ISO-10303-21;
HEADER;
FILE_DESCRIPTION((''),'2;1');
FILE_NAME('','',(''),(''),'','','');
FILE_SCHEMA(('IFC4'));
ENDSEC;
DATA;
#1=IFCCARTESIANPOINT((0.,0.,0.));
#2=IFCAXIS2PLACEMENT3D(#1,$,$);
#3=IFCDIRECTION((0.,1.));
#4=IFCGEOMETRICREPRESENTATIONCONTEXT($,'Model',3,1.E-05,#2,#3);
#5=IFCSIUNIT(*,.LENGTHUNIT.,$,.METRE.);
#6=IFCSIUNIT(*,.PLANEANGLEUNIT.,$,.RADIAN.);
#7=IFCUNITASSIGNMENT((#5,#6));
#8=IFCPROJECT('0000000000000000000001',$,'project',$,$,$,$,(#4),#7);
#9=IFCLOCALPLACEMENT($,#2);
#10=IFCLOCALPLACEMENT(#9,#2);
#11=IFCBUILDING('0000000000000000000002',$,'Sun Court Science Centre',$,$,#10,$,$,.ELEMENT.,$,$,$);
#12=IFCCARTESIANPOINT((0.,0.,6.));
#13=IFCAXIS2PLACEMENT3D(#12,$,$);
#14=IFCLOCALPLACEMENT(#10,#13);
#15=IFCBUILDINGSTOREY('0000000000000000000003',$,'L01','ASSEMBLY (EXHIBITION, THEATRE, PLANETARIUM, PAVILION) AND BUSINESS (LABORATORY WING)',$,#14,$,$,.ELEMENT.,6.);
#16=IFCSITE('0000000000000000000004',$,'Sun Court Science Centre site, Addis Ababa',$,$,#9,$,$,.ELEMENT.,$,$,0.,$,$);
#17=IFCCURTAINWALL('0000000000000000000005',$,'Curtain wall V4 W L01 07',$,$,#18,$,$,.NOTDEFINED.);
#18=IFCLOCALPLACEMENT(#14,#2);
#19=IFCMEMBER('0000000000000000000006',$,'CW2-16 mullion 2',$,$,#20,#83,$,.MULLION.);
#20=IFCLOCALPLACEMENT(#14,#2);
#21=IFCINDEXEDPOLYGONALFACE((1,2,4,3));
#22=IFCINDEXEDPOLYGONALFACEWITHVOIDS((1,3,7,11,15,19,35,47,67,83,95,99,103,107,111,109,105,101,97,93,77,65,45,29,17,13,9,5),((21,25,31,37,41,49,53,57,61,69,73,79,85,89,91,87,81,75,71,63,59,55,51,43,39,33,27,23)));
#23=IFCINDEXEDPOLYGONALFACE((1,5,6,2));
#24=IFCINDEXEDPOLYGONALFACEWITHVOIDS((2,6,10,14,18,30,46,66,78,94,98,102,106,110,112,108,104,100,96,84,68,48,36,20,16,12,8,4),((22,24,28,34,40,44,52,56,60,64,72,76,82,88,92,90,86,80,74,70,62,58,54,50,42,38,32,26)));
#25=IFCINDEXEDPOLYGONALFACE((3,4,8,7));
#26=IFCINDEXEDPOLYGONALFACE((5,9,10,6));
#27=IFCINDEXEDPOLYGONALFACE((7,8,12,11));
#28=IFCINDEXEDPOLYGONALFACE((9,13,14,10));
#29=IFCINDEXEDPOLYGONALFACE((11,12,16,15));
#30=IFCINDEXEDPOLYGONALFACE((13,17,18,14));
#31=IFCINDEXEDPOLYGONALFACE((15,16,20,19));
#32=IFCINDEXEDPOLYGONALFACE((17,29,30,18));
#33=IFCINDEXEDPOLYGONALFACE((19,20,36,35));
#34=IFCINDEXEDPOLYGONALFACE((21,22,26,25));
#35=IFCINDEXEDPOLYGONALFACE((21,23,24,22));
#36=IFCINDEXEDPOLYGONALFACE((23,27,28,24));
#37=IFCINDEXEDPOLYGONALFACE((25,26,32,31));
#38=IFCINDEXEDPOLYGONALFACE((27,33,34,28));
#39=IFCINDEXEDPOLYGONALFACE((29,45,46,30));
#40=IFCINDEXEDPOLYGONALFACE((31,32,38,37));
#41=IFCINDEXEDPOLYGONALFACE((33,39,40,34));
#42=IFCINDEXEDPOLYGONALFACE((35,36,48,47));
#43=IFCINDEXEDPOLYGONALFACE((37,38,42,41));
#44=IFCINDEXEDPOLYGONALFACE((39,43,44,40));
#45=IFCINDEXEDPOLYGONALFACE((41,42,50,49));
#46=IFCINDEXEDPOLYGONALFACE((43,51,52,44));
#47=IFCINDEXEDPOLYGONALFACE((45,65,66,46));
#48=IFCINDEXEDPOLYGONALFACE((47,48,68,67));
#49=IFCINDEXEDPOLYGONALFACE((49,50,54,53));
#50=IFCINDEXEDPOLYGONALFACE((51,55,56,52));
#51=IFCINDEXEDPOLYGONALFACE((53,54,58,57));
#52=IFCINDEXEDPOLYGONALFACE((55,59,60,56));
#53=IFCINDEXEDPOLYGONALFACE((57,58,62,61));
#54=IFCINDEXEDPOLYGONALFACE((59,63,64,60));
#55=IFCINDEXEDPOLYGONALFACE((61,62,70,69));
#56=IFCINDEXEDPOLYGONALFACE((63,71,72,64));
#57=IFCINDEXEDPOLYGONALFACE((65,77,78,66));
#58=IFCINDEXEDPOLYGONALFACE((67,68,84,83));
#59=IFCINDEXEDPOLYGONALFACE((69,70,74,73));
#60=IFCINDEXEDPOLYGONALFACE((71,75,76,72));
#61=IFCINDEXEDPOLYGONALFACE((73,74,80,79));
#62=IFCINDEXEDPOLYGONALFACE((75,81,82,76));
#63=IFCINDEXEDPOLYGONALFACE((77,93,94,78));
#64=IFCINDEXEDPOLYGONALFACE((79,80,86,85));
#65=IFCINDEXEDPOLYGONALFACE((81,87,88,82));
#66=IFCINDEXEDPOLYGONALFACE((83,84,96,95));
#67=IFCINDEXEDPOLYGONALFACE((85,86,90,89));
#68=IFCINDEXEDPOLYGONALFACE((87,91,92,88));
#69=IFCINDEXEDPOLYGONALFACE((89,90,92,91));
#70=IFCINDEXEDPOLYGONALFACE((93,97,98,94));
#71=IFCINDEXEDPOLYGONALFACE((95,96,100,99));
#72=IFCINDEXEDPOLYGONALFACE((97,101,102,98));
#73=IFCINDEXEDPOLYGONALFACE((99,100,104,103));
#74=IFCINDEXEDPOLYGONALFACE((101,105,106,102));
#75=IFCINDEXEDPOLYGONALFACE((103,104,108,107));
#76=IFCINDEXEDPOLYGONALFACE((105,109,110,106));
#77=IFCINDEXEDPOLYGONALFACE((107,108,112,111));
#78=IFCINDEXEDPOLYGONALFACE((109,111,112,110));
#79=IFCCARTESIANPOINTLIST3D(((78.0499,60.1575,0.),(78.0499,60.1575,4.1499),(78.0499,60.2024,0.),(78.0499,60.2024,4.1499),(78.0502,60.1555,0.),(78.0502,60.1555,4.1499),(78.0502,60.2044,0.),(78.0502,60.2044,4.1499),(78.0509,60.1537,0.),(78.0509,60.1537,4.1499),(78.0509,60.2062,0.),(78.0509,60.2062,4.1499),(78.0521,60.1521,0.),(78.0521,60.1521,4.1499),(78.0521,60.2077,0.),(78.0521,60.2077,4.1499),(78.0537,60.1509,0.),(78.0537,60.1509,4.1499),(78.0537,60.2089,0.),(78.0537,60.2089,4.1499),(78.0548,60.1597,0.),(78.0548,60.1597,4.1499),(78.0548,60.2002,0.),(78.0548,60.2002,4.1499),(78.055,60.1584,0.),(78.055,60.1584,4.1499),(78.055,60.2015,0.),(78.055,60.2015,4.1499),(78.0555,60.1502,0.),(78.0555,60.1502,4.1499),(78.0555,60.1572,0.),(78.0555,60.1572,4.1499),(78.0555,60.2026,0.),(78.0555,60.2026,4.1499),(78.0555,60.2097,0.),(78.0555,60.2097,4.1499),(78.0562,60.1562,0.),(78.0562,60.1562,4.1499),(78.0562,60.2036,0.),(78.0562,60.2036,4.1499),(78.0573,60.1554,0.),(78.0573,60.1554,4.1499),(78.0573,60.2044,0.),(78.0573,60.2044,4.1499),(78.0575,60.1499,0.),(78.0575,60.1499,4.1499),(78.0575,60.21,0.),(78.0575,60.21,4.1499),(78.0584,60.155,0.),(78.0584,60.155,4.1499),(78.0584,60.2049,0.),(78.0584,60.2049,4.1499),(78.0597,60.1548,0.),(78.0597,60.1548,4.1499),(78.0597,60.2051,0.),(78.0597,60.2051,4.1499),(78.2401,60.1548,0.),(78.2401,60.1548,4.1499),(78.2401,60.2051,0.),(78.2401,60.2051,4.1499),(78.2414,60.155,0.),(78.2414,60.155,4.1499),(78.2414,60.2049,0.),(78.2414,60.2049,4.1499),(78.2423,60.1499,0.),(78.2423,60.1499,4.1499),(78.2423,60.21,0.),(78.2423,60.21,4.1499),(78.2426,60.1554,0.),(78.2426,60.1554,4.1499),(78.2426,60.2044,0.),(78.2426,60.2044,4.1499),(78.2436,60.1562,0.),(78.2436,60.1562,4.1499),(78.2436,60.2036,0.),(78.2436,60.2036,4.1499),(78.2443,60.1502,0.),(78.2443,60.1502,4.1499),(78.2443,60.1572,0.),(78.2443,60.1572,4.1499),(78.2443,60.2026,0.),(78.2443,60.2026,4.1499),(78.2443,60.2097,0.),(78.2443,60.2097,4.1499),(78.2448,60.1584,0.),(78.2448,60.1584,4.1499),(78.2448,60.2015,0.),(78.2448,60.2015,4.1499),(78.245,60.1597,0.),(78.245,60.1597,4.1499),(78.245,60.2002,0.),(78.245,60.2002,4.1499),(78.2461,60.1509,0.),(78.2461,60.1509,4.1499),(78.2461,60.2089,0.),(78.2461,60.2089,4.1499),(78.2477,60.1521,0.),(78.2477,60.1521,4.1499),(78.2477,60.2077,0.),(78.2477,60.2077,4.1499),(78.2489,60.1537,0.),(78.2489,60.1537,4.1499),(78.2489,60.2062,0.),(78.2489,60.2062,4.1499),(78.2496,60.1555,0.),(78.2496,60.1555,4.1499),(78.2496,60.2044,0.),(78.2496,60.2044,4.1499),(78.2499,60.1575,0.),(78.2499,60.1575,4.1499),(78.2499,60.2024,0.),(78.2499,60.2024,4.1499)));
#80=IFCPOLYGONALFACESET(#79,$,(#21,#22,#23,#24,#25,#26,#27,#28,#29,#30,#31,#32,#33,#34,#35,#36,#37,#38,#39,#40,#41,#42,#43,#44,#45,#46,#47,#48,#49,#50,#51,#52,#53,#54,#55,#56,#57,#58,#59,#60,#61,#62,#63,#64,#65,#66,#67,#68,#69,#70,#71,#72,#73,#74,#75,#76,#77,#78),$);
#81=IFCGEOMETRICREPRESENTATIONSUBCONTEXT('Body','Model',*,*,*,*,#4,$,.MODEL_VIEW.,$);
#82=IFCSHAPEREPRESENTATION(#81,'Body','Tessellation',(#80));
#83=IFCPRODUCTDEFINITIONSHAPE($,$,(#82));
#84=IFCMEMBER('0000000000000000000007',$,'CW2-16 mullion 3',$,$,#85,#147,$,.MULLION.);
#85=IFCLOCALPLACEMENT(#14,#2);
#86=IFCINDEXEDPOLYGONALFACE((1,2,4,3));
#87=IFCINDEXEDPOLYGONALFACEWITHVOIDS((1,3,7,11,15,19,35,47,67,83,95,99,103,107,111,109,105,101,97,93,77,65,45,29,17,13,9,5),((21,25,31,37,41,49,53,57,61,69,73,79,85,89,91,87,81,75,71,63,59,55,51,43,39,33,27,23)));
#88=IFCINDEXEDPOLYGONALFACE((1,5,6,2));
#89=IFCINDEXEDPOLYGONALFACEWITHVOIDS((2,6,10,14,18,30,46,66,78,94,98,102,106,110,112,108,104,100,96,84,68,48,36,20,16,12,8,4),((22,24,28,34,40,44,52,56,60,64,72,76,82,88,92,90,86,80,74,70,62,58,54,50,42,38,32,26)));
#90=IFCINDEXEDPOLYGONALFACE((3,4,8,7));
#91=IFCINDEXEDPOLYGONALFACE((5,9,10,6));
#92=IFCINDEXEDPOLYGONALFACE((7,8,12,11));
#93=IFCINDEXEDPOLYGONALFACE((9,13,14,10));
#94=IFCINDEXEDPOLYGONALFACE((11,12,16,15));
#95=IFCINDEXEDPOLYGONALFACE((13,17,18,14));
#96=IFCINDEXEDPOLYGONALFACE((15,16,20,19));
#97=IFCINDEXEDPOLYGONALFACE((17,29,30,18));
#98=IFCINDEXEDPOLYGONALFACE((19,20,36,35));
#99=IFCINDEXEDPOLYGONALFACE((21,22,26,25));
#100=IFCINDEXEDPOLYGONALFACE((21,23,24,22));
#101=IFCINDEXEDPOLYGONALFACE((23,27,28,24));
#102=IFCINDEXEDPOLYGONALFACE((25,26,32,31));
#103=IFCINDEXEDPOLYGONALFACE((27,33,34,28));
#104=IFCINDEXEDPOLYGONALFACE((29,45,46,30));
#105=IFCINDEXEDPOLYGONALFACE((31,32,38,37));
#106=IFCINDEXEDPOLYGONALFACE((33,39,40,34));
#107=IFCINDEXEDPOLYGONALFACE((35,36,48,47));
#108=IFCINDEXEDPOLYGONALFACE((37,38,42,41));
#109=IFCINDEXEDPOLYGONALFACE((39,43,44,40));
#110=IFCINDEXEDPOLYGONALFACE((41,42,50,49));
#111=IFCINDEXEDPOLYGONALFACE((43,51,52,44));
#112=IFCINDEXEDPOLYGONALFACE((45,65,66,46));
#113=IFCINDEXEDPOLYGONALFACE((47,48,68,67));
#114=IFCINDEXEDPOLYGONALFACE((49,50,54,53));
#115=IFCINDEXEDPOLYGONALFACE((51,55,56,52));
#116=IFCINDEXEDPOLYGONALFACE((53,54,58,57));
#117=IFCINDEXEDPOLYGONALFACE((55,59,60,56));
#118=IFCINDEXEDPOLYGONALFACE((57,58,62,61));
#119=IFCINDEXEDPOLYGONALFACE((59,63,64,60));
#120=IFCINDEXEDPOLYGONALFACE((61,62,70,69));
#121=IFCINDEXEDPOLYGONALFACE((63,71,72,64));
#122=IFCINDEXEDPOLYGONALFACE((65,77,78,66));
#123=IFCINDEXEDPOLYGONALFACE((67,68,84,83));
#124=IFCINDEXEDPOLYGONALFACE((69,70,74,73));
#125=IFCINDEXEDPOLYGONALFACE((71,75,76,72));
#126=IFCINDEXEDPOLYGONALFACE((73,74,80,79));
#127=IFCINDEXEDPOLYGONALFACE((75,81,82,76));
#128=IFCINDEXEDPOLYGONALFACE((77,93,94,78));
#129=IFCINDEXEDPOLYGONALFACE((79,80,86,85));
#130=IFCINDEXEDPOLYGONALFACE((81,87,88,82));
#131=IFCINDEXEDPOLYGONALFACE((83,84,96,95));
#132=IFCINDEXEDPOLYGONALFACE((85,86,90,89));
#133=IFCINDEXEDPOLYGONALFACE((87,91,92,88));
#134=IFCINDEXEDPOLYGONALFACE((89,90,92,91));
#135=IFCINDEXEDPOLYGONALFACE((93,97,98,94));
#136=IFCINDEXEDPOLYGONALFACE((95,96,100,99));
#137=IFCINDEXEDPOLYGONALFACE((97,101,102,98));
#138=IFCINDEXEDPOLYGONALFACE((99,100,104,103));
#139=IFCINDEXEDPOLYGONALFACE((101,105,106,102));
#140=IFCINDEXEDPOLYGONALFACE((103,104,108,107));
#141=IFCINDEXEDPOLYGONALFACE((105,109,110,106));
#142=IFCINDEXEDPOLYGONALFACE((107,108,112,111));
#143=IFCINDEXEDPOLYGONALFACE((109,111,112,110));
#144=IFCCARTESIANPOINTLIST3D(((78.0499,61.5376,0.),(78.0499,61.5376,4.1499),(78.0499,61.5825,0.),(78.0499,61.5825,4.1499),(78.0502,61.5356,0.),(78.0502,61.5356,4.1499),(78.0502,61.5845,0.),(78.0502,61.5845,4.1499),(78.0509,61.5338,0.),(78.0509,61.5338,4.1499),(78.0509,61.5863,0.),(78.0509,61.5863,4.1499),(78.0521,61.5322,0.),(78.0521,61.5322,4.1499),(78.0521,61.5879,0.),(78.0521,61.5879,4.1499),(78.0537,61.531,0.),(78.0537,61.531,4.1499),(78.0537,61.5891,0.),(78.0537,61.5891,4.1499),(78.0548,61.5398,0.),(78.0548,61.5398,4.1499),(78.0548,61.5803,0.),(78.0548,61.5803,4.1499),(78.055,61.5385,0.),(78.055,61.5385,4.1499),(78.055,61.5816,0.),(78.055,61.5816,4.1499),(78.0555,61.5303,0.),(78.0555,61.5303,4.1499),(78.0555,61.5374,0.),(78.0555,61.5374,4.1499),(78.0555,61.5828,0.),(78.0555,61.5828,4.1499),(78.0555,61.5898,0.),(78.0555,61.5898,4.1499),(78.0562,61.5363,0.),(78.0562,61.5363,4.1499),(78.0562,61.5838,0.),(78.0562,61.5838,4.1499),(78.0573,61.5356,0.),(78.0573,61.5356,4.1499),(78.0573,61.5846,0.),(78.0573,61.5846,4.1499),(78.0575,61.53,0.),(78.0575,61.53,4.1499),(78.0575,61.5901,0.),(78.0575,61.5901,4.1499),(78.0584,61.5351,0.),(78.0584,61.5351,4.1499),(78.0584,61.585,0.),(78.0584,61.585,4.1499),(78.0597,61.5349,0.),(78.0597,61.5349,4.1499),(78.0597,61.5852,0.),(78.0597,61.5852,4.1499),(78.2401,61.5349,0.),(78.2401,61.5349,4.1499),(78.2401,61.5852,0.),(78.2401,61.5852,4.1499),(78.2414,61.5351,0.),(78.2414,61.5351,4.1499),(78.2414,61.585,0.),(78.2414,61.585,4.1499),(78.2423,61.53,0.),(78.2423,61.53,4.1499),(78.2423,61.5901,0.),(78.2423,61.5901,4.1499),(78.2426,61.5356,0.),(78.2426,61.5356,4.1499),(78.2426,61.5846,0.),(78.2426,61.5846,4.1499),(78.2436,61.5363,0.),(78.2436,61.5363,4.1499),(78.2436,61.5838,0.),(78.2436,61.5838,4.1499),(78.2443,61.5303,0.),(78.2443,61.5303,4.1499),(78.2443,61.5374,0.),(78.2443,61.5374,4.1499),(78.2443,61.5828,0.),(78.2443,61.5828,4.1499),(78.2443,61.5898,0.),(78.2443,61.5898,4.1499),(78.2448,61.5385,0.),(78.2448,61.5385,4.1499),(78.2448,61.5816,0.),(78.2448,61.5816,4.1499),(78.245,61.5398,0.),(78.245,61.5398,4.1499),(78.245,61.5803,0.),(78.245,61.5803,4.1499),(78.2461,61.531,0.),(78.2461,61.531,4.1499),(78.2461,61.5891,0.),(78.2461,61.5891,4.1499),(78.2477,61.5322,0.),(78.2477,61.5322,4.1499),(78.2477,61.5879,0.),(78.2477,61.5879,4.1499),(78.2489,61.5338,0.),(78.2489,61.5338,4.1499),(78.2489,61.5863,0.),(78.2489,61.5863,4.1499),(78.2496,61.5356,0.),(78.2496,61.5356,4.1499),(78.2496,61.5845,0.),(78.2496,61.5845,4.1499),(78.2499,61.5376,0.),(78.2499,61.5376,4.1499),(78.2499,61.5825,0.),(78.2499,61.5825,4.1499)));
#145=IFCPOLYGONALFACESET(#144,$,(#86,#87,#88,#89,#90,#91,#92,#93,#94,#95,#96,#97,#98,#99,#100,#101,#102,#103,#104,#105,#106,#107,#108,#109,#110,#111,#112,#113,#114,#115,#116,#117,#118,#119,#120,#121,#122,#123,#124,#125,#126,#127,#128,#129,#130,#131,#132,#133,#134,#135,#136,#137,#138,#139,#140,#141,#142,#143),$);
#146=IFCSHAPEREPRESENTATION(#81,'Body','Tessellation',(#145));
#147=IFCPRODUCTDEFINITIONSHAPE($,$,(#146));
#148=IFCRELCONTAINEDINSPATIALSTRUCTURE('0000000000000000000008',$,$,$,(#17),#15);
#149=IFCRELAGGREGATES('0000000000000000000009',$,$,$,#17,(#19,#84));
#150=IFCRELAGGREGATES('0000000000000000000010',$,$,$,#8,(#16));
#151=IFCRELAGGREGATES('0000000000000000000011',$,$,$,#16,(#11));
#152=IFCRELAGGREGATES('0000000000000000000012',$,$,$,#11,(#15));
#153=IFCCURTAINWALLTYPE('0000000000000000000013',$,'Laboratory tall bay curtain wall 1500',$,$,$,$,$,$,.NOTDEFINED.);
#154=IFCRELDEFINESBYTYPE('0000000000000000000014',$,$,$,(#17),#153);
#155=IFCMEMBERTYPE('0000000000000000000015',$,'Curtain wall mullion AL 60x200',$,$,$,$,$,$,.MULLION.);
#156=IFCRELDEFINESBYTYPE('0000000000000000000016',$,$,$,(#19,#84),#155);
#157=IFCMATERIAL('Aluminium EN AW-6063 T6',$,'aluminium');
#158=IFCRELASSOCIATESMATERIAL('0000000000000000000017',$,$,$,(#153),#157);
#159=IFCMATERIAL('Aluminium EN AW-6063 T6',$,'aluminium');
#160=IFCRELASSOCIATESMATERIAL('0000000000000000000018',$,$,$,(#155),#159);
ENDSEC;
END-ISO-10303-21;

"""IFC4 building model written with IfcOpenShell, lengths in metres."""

from ifc_helpers import new_model, si_unit, direction, frame, origin, origin_2d, place, context, subcontext, project, spatial, hollow_rectangle, extrude, material, material_profile, profile_set, type_object, element, aggregate, save


model = new_model("IFC4")

# Units and contexts
model_context = context("Model", 3, precision=1e-05, world=origin(), true_north=direction((0.0, 1.0)))
body_context = subcontext(model_context, "Body", "Model", "MODEL_VIEW")
ifc_project = project(units=[si_unit("LENGTHUNIT", "METRE"), si_unit("PLANEANGLEUNIT", "RADIAN")], contexts=[model_context])

# Site, building, storey
site_placement = place(None, origin())
site = spatial("IfcSite", under=ifc_project, at=site_placement, Name="Sun Court Science Centre site, Addis Ababa", CompositionType="ELEMENT", RefElevation=0.0)
building_placement = place(site_placement, origin())
building = spatial("IfcBuilding", under=site, at=building_placement, Name="Sun Court Science Centre", CompositionType="ELEMENT")
storey_placement = place(building_placement, frame((0.0, 0.0, 6.0)))
storey = spatial("IfcBuildingStorey", under=building, at=storey_placement, Name="L01", Description="ASSEMBLY (EXHIBITION, THEATRE, PLANETARIUM, PAVILION) AND BUSINESS (LABORATORY WING)", CompositionType="ELEMENT", Elevation=6.0)

# Curtain wall, members
ifc_material_1 = material(Name="Aluminium EN AW-6063 T6", Category="aluminium")
curtain_wall_type = type_object("IfcCurtainWallType", Name="Laboratory tall bay curtain wall 1500", PredefinedType="NOTDEFINED", material=ifc_material_1)
curtain_wall_placement = place(storey_placement, origin())
curtain_wall = element("IfcCurtainWall", 1, at=curtain_wall_placement, inside=storey, type_object=curtain_wall_type, Name="Curtain wall V4 W L01 07", PredefinedType="NOTDEFINED")
ifc_material_2 = material(Name="Aluminium EN AW-6063 T6", Category="aluminium")
ifc_material_profile_1 = material_profile(ifc_material_2, hollow_rectangle(XDim=0.0601, YDim=0.2, WallThickness=0.0049, InnerFilletRadius=0.0049, OuterFilletRadius=0.0076, at=origin_2d()), Name="AL 60x200x5")
ifc_profile_set_1 = profile_set([ifc_material_profile_1], Name="Aluminium EN AW-6063 T6")
member_type_1 = type_object("IfcMemberType", Name="Curtain wall mullion AL 60x200", PredefinedType="MULLION", material=ifc_profile_set_1)
member_1_placement = place(storey_placement, frame((78.1499, 60.1799, 0.0), z_axis=(0.0, 0.0, 1.0), x_axis=(0.0, 1.0, 0.0)))
member_1 = element("IfcMember", 2, at=member_1_placement, type_object=member_type_1, Name="CW2-16 mullion 2", PredefinedType="MULLION", context=body_context, shape_type="SweptSolid", body=[
    extrude(hollow_rectangle(XDim=0.0601, YDim=0.2, WallThickness=0.0049, InnerFilletRadius=0.0049, OuterFilletRadius=0.0076, at=origin_2d()), origin(), (0.0, 0.0, 1.0), 4.1499),
])
member_2_placement = place(storey_placement, frame((78.1499, 61.5601, 0.0), z_axis=(0.0, 0.0, 1.0), x_axis=(0.0, 1.0, 0.0)))
member_2 = element("IfcMember", 3, at=member_2_placement, type_object=member_type_1, Name="CW2-16 mullion 3", PredefinedType="MULLION", context=body_context, shape_type="SweptSolid", body=[
    extrude(hollow_rectangle(XDim=0.0601, YDim=0.2, WallThickness=0.0049, InnerFilletRadius=0.0049, OuterFilletRadius=0.0076, at=origin_2d()), origin(), (0.0, 0.0, 1.0), 4.1499),
])

aggregate(curtain_wall, [member_1, member_2])

save(model, "model.ifc")
